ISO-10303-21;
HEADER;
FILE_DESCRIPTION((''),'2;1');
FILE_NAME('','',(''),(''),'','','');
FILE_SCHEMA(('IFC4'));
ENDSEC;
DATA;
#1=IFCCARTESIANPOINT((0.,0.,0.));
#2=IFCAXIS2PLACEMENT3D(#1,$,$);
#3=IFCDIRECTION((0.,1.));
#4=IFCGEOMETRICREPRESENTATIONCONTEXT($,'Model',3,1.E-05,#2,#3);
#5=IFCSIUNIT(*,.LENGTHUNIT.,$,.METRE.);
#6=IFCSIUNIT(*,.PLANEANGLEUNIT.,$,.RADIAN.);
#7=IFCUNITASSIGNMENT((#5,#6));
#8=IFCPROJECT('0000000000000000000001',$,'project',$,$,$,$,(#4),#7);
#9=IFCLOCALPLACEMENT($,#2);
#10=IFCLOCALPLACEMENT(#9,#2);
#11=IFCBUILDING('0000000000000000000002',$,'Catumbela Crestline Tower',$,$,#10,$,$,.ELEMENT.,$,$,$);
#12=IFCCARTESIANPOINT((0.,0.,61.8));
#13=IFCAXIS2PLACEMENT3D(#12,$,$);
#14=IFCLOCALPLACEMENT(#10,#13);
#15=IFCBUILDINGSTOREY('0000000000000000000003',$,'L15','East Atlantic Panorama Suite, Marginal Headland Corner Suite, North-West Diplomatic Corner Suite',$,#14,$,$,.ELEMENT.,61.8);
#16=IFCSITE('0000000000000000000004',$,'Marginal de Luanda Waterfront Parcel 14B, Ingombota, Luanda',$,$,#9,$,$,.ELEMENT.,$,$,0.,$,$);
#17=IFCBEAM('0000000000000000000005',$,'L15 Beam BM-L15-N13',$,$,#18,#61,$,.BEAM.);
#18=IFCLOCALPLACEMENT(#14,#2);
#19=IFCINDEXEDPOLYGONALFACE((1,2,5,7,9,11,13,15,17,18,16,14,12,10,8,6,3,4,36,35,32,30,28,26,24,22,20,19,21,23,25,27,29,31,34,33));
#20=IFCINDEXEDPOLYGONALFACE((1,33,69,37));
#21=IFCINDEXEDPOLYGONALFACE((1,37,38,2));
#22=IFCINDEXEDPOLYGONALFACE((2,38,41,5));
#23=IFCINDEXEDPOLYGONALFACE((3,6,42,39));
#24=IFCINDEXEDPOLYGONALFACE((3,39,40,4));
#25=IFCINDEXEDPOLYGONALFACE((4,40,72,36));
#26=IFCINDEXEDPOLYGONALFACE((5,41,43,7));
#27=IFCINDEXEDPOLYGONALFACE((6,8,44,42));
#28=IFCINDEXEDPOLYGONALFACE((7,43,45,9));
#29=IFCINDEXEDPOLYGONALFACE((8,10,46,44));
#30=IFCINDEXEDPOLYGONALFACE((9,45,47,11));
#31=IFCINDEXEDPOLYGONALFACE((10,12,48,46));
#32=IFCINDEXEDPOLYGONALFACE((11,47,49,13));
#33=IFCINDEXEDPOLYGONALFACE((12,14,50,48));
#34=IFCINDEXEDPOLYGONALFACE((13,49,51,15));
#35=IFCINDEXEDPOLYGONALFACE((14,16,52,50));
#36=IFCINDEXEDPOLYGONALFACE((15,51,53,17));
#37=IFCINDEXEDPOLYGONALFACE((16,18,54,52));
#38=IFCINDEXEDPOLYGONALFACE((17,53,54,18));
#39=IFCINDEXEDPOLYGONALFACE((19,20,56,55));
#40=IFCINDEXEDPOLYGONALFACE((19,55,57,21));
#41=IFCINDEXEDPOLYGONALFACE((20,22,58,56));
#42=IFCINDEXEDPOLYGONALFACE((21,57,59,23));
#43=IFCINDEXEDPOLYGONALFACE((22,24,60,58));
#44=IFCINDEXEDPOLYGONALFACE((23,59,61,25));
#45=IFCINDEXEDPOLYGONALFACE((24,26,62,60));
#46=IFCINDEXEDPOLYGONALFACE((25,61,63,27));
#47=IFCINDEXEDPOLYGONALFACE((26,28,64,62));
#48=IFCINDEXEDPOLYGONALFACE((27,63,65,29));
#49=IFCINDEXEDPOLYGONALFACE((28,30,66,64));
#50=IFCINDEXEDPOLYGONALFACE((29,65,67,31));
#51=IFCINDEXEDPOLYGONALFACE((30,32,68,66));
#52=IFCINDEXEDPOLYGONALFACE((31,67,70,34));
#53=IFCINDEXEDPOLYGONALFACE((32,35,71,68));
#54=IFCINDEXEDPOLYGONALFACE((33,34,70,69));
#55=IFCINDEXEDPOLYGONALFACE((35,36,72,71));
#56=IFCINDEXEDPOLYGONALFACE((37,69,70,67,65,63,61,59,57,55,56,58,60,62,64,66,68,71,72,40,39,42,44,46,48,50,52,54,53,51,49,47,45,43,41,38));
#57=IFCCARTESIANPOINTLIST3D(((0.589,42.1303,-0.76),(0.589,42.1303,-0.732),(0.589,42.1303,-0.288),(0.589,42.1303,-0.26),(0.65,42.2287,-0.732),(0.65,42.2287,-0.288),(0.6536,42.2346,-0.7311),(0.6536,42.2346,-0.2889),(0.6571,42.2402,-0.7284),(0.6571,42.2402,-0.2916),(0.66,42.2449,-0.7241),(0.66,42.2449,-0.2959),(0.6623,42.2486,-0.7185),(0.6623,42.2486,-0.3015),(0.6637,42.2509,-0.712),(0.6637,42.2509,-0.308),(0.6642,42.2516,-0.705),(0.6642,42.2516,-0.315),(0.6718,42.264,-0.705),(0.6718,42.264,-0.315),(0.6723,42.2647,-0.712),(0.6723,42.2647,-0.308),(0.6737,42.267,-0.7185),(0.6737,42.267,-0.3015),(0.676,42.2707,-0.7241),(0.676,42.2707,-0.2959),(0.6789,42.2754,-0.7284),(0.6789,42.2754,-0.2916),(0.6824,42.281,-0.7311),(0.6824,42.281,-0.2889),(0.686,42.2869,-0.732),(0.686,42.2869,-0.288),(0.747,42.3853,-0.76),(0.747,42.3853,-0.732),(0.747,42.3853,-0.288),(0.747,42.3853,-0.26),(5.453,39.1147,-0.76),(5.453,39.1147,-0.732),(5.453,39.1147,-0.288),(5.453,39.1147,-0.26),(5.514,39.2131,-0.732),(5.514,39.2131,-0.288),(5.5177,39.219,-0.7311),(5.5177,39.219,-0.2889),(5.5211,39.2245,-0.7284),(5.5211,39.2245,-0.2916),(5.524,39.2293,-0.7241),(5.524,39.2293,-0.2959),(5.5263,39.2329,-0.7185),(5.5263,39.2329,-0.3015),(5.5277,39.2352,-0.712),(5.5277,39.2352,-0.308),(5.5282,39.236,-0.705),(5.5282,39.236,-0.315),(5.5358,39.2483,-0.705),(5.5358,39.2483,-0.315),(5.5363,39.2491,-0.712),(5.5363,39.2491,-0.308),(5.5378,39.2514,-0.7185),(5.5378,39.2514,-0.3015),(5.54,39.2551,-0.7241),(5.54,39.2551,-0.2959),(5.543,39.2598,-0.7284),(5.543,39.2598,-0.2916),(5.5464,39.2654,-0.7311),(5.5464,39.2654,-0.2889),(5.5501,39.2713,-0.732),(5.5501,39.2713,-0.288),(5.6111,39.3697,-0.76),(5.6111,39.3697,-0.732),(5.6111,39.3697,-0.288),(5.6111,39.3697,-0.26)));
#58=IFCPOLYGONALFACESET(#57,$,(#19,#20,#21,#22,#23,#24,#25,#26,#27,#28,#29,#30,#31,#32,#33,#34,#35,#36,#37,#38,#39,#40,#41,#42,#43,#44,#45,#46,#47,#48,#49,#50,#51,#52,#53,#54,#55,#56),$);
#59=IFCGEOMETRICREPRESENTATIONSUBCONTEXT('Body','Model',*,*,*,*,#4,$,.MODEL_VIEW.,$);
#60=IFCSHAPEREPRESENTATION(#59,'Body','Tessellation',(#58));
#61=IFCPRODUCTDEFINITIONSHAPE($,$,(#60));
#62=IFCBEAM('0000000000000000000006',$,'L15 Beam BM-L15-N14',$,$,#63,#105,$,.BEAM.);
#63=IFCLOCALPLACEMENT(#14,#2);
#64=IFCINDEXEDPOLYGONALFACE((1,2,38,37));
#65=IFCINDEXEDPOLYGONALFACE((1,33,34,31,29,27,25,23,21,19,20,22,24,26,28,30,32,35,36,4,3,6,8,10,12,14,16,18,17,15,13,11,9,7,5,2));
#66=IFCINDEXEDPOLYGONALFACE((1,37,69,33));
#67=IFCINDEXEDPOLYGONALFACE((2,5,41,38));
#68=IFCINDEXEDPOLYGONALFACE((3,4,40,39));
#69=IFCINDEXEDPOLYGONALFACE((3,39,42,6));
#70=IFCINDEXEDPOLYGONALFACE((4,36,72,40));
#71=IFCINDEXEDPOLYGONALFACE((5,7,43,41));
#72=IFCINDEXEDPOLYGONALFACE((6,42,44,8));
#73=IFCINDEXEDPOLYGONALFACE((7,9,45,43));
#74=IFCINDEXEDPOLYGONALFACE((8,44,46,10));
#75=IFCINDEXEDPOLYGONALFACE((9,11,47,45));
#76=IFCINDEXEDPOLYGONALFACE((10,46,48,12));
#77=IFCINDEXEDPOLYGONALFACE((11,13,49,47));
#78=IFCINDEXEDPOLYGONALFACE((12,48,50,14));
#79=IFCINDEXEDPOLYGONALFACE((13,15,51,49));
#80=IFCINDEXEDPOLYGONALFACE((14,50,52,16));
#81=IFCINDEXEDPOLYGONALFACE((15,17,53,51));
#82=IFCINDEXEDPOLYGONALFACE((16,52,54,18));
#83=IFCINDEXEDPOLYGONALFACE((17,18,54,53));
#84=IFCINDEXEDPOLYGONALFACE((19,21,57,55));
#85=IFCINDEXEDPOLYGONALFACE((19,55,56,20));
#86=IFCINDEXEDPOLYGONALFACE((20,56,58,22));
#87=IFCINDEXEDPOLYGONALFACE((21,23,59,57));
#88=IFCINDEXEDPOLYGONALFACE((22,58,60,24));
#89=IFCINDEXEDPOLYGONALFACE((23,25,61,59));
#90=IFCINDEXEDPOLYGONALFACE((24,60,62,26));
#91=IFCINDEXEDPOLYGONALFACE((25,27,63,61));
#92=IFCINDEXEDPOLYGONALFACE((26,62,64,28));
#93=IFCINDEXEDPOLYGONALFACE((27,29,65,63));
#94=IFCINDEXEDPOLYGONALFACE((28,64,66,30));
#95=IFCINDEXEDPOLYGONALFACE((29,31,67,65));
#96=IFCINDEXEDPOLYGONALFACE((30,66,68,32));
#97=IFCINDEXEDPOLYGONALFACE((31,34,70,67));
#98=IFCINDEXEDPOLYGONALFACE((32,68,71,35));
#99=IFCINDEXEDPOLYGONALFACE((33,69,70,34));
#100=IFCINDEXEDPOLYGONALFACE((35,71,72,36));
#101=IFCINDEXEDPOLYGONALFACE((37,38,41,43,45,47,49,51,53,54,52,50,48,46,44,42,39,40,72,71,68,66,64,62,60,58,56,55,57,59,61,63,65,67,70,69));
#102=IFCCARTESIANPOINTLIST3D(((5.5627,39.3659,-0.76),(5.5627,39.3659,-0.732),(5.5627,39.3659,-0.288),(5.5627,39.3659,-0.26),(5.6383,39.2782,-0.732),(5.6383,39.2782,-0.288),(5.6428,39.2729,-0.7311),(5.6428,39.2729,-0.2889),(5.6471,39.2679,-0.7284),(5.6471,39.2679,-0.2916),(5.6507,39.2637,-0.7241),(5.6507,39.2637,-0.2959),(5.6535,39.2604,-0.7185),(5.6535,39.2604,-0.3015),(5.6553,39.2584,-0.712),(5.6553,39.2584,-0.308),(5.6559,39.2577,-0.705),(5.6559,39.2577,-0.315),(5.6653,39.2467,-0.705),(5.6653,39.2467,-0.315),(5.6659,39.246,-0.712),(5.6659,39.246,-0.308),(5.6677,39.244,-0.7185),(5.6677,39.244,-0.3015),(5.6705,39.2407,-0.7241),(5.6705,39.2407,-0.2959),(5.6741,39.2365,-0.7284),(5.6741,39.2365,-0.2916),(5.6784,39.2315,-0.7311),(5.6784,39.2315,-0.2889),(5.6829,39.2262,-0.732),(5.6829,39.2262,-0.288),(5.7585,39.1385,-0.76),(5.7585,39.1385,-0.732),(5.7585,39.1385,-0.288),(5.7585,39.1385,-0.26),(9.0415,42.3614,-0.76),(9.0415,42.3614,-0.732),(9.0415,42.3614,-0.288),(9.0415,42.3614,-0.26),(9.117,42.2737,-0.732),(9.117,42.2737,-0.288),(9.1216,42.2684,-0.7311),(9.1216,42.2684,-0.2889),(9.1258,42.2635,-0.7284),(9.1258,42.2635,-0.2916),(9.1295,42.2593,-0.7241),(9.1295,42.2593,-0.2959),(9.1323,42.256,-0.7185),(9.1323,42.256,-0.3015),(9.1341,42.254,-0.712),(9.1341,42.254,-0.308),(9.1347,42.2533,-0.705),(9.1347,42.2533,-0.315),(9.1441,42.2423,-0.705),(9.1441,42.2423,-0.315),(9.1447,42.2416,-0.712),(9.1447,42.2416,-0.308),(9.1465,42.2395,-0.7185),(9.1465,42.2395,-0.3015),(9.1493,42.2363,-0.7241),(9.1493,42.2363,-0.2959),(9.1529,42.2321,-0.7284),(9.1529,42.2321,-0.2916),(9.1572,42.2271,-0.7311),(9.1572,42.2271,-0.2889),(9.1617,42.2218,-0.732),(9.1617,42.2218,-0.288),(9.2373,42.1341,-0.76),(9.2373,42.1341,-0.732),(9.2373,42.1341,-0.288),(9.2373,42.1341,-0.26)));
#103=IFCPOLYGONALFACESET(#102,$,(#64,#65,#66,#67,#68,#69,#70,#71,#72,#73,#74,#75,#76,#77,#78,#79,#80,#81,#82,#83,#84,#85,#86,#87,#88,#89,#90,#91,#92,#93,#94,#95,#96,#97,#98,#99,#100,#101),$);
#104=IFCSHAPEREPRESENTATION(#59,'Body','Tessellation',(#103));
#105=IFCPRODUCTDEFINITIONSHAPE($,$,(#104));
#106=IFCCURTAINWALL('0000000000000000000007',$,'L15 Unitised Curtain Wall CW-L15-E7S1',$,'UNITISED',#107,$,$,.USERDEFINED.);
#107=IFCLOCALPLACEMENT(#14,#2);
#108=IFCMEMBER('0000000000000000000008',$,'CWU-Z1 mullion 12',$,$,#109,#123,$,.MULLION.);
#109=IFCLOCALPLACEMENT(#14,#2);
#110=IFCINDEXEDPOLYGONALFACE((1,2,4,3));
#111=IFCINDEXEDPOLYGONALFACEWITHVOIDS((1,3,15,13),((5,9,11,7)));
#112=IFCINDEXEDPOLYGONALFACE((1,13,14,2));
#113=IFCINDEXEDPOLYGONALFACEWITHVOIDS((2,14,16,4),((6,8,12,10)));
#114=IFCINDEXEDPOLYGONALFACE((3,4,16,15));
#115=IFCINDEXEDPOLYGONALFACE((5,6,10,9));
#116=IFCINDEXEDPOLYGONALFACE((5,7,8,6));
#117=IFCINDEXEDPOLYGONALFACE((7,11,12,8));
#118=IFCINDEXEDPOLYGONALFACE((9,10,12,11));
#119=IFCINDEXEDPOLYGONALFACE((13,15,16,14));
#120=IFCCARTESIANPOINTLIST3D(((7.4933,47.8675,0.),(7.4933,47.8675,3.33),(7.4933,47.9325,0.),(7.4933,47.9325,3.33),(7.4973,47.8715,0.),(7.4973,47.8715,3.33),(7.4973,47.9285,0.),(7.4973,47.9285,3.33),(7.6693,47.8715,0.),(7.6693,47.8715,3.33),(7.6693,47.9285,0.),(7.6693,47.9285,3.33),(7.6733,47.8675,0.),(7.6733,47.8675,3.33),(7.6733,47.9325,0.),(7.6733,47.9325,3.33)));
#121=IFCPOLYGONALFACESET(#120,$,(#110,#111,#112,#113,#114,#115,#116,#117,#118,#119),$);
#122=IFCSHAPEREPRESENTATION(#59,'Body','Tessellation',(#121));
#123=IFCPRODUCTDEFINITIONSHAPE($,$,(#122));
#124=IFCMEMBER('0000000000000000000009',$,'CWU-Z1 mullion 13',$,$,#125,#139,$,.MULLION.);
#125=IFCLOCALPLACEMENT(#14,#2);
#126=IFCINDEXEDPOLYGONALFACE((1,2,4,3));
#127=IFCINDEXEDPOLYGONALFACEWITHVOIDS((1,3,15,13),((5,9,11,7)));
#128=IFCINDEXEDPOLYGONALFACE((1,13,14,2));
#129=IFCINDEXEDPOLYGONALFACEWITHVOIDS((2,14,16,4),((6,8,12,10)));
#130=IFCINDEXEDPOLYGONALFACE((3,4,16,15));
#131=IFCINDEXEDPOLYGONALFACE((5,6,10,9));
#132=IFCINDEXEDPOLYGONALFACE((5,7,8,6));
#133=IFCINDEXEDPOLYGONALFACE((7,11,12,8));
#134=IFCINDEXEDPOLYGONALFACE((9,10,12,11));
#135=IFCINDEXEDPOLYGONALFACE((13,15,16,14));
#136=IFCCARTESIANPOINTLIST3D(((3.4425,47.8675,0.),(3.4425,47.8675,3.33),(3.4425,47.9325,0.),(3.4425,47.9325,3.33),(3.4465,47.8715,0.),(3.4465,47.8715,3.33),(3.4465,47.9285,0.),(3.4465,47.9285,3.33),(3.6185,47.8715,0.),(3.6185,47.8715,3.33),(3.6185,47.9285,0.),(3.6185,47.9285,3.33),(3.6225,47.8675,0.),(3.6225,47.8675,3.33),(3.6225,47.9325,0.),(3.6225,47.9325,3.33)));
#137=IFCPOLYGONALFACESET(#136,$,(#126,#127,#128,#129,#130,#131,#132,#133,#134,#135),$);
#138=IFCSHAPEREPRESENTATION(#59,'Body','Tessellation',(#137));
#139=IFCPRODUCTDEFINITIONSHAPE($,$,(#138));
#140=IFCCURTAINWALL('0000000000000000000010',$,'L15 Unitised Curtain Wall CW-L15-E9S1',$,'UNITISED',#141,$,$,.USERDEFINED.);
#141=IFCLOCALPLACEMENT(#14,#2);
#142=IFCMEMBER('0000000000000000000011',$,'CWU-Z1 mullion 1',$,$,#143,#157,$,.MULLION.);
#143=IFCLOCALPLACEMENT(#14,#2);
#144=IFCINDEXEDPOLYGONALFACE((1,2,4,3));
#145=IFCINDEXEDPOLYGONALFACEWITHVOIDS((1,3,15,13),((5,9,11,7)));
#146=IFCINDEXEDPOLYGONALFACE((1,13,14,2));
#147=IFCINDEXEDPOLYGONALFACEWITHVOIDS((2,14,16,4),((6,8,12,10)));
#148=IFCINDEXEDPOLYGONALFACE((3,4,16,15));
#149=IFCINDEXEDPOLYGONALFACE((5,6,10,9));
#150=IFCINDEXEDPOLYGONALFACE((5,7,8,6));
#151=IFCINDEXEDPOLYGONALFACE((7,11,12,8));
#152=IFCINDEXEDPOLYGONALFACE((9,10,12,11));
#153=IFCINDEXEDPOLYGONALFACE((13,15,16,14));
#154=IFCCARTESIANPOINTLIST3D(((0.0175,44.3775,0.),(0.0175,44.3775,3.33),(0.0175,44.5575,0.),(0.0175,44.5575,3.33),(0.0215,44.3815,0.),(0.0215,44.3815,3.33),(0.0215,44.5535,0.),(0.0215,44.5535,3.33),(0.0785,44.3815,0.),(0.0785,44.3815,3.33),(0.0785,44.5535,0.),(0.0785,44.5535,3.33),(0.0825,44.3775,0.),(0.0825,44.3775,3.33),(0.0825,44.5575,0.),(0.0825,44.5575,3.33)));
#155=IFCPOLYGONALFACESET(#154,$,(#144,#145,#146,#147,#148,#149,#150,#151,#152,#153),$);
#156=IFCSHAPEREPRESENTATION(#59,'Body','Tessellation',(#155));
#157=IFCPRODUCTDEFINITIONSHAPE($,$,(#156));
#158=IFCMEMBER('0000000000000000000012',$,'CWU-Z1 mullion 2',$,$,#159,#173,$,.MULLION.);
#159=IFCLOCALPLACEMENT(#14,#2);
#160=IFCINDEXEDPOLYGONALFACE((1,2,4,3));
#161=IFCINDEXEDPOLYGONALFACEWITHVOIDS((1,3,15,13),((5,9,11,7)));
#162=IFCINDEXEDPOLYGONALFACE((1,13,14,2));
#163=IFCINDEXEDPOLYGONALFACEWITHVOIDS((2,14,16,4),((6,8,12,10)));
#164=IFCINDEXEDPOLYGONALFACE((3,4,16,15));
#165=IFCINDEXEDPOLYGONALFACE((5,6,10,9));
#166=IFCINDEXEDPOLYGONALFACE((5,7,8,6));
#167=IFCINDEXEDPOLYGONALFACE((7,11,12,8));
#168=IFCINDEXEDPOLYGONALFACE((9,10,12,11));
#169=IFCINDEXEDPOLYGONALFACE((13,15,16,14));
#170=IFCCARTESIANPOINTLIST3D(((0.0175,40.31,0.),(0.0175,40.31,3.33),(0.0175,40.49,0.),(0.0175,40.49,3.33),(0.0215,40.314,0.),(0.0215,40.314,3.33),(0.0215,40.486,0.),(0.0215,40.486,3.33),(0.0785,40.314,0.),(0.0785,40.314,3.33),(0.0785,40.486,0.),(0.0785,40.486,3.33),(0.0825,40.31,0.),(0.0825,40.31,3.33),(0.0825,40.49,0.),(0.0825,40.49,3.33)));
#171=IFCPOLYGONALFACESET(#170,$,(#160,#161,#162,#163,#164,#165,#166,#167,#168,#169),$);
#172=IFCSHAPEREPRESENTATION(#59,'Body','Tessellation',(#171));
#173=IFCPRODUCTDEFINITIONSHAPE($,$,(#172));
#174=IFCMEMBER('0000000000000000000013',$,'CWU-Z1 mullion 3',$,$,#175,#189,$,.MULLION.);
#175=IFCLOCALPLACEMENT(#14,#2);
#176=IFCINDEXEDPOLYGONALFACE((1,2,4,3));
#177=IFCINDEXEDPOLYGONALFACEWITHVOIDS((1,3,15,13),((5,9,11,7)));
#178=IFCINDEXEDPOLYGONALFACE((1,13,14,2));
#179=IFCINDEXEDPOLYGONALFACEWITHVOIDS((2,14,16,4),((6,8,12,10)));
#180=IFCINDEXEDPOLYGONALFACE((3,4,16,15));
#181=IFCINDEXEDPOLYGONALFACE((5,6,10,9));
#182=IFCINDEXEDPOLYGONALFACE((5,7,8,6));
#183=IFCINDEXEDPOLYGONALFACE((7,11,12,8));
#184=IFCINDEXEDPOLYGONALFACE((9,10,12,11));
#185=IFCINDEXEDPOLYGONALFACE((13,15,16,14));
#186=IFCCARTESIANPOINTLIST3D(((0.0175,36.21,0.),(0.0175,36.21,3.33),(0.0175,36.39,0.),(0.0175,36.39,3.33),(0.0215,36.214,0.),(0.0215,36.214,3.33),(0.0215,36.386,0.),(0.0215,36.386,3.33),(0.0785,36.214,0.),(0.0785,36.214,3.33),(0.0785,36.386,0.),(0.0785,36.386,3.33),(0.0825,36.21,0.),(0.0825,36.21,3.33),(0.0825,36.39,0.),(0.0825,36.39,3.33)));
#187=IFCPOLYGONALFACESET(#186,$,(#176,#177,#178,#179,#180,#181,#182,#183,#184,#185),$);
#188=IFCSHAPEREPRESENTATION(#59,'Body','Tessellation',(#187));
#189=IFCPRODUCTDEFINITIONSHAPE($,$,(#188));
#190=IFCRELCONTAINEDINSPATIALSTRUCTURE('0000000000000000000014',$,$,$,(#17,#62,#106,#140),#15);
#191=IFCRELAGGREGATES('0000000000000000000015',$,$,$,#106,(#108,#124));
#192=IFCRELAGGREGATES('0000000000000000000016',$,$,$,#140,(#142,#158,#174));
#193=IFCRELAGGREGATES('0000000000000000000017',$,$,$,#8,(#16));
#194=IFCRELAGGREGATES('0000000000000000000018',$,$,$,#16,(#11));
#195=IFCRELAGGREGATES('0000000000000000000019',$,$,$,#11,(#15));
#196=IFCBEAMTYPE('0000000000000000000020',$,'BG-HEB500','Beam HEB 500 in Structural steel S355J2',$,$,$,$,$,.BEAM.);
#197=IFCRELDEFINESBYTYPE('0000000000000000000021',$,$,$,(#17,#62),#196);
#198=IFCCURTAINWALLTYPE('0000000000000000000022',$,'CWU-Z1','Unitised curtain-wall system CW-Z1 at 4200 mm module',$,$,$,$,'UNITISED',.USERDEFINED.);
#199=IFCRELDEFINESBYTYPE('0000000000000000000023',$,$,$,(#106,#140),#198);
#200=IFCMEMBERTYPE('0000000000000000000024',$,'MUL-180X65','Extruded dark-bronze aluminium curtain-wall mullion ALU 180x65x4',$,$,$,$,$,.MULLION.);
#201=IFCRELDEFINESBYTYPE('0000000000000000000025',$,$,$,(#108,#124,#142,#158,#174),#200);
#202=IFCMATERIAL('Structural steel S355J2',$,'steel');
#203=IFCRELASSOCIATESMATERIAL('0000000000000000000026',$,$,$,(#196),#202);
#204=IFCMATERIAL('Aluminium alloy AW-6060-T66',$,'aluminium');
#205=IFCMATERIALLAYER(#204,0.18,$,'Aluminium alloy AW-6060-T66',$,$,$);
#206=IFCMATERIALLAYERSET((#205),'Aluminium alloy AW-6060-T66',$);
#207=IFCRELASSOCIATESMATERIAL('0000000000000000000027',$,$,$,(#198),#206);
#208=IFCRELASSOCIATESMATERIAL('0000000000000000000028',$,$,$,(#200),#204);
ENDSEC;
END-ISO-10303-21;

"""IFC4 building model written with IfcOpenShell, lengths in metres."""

from ifc_helpers import new_model, si_unit, direction, frame, origin, origin_2d, place, context, subcontext, project, spatial, hollow_rectangle, i_section, extrude, material, layer, layer_set, material_profile, profile_set, type_object, element, aggregate, save


model = new_model("IFC4")

# Units and contexts
model_context = context("Model", 3, precision=1e-05, world=origin(), true_north=direction((0.0, 1.0)))
body_context = subcontext(model_context, "Body", "Model", "MODEL_VIEW")
ifc_project = project(units=[si_unit("LENGTHUNIT", "METRE"), si_unit("PLANEANGLEUNIT", "RADIAN")], contexts=[model_context])

# Site, building, storey
site_placement = place(None, origin())
site = spatial("IfcSite", under=ifc_project, at=site_placement, Name="Marginal de Luanda Waterfront Parcel 14B, Ingombota, Luanda", CompositionType="ELEMENT", RefElevation=0.0)
building_placement = place(site_placement, origin())
building = spatial("IfcBuilding", under=site, at=building_placement, Name="Catumbela Crestline Tower", CompositionType="ELEMENT")
storey_placement = place(building_placement, frame((0.0, 0.0, 61.8)))
storey = spatial("IfcBuildingStorey", under=building, at=storey_placement, Name="L15", Description="East Atlantic Panorama Suite, Marginal Headland Corner Suite, North-West Diplomatic Corner Suite", CompositionType="ELEMENT", Elevation=61.8)

# Beams
ifc_material_1 = material(Name="Structural steel S355J2", Category="steel")
ifc_material_profile_1 = material_profile(ifc_material_1, i_section(OverallWidth=0.3, OverallDepth=0.5, WebThickness=0.0145, FlangeThickness=0.028, FilletRadius=0.027, at=origin_2d()), Name="HEB 500")
ifc_profile_set_1 = profile_set([ifc_material_profile_1], Name="Structural steel S355J2")
beam_type_1 = type_object("IfcBeamType", Name="BG-HEB500", Description="Beam HEB 500 in Structural steel S355J2", PredefinedType="BEAM", material=ifc_profile_set_1)
beam_1_placement = place(storey_placement, frame((0.668, 42.2578, -0.51), z_axis=(0.849909, -0.52693, 0.0), x_axis=(0.52693, 0.849909, 0.0)))
element("IfcBeam", 1, at=beam_1_placement, inside=storey, type_object=beam_type_1, Name="L15 Beam BM-L15-N13", PredefinedType="BEAM", context=body_context, shape_type="SweptSolid", body=[
    extrude(i_section(OverallWidth=0.3, OverallDepth=0.5, WebThickness=0.0145, FlangeThickness=0.028, FilletRadius=0.027, at=origin_2d()), origin(), (0.0, 0.0, 1.0), 5.723),
])
beam_2_placement = place(storey_placement, frame((5.6606, 39.2522, -0.51), z_axis=(0.757772, 0.652519, 0.0), x_axis=(-0.652519, 0.757772, 0.0)))
element("IfcBeam", 2, at=beam_2_placement, inside=storey, type_object=beam_type_1, Name="L15 Beam BM-L15-N14", PredefinedType="BEAM", context=body_context, shape_type="SweptSolid", body=[
    extrude(i_section(OverallWidth=0.3, OverallDepth=0.5, WebThickness=0.0145, FlangeThickness=0.028, FilletRadius=0.027, at=origin_2d()), origin(), (0.0, 0.0, 1.0), 4.5908),
])

# Curtain walls, members
ifc_material_2 = material(Name="Aluminium alloy AW-6060-T66", Category="aluminium")
ifc_layer_1 = layer(ifc_material_2, 0.18, Name="Aluminium alloy AW-6060-T66")
ifc_layer_set_1 = layer_set([ifc_layer_1], Name="Aluminium alloy AW-6060-T66")
curtain_wall_type = type_object("IfcCurtainWallType", Name="CWU-Z1", Description="Unitised curtain-wall system CW-Z1 at 4200 mm module", ElementType="UNITISED", PredefinedType="USERDEFINED", material=ifc_layer_set_1)
curtain_wall_1_placement = place(storey_placement, origin())
curtain_wall_1 = element("IfcCurtainWall", 3, at=curtain_wall_1_placement, inside=storey, type_object=curtain_wall_type, Name="L15 Unitised Curtain Wall CW-L15-E7S1", ObjectType="UNITISED", PredefinedType="USERDEFINED")
ifc_material_profile_2 = material_profile(ifc_material_2, hollow_rectangle(XDim=0.065, YDim=0.18, WallThickness=0.004, at=origin_2d()), Name="ALU 180x65x4")
ifc_profile_set_2 = profile_set([ifc_material_profile_2], Name="Aluminium alloy AW-6060-T66")
member_type_1 = type_object("IfcMemberType", Name="MUL-180X65", Description="Extruded dark-bronze aluminium curtain-wall mullion ALU 180x65x4", PredefinedType="MULLION", material=ifc_profile_set_2)
member_1_placement = place(storey_placement, frame((7.5833, 47.9, 0.0), z_axis=(0.0, 0.0, 1.0), x_axis=(0.0, -1.0, 0.0)))
member_1 = element("IfcMember", 4, at=member_1_placement, type_object=member_type_1, Name="CWU-Z1 mullion 12", PredefinedType="MULLION", context=body_context, shape_type="SweptSolid", body=[
    extrude(hollow_rectangle(XDim=0.065, YDim=0.18, WallThickness=0.004, at=origin_2d()), origin(), (0.0, 0.0, 1.0), 3.33),
])
member_2_placement = place(storey_placement, frame((3.5325, 47.9, 0.0), z_axis=(0.0, 0.0, 1.0), x_axis=(0.0, -1.0, 0.0)))
member_2 = element("IfcMember", 5, at=member_2_placement, type_object=member_type_1, Name="CWU-Z1 mullion 13", PredefinedType="MULLION", context=body_context, shape_type="SweptSolid", body=[
    extrude(hollow_rectangle(XDim=0.065, YDim=0.18, WallThickness=0.004, at=origin_2d()), origin(), (0.0, 0.0, 1.0), 3.33),
])
curtain_wall_2_placement = place(storey_placement, origin())
curtain_wall_2 = element("IfcCurtainWall", 6, at=curtain_wall_2_placement, inside=storey, type_object=curtain_wall_type, Name="L15 Unitised Curtain Wall CW-L15-E9S1", ObjectType="UNITISED", PredefinedType="USERDEFINED")
member_3_placement = place(storey_placement, frame((0.05, 44.4675, 0.0), z_axis=(0.0, 0.0, 1.0), x_axis=(1.0, 0.0, 0.0)))
member_3 = element("IfcMember", 7, at=member_3_placement, type_object=member_type_1, Name="CWU-Z1 mullion 1", PredefinedType="MULLION", context=body_context, shape_type="SweptSolid", body=[
    extrude(hollow_rectangle(XDim=0.065, YDim=0.18, WallThickness=0.004, at=origin_2d()), origin(), (0.0, 0.0, 1.0), 3.33),
])
member_4_placement = place(storey_placement, frame((0.05, 40.4, 0.0), z_axis=(0.0, 0.0, 1.0), x_axis=(1.0, 0.0, 0.0)))
member_4 = element("IfcMember", 8, at=member_4_placement, type_object=member_type_1, Name="CWU-Z1 mullion 2", PredefinedType="MULLION", context=body_context, shape_type="SweptSolid", body=[
    extrude(hollow_rectangle(XDim=0.065, YDim=0.18, WallThickness=0.004, at=origin_2d()), origin(), (0.0, 0.0, 1.0), 3.33),
])
member_5_placement = place(storey_placement, frame((0.05, 36.3, 0.0), z_axis=(0.0, 0.0, 1.0), x_axis=(1.0, 0.0, 0.0)))
member_5 = element("IfcMember", 9, at=member_5_placement, type_object=member_type_1, Name="CWU-Z1 mullion 3", PredefinedType="MULLION", context=body_context, shape_type="SweptSolid", body=[
    extrude(hollow_rectangle(XDim=0.065, YDim=0.18, WallThickness=0.004, at=origin_2d()), origin(), (0.0, 0.0, 1.0), 3.33),
])

aggregate(curtain_wall_1, [member_1, member_2])
aggregate(curtain_wall_2, [member_3, member_4, member_5])

save(model, "model.ifc")
